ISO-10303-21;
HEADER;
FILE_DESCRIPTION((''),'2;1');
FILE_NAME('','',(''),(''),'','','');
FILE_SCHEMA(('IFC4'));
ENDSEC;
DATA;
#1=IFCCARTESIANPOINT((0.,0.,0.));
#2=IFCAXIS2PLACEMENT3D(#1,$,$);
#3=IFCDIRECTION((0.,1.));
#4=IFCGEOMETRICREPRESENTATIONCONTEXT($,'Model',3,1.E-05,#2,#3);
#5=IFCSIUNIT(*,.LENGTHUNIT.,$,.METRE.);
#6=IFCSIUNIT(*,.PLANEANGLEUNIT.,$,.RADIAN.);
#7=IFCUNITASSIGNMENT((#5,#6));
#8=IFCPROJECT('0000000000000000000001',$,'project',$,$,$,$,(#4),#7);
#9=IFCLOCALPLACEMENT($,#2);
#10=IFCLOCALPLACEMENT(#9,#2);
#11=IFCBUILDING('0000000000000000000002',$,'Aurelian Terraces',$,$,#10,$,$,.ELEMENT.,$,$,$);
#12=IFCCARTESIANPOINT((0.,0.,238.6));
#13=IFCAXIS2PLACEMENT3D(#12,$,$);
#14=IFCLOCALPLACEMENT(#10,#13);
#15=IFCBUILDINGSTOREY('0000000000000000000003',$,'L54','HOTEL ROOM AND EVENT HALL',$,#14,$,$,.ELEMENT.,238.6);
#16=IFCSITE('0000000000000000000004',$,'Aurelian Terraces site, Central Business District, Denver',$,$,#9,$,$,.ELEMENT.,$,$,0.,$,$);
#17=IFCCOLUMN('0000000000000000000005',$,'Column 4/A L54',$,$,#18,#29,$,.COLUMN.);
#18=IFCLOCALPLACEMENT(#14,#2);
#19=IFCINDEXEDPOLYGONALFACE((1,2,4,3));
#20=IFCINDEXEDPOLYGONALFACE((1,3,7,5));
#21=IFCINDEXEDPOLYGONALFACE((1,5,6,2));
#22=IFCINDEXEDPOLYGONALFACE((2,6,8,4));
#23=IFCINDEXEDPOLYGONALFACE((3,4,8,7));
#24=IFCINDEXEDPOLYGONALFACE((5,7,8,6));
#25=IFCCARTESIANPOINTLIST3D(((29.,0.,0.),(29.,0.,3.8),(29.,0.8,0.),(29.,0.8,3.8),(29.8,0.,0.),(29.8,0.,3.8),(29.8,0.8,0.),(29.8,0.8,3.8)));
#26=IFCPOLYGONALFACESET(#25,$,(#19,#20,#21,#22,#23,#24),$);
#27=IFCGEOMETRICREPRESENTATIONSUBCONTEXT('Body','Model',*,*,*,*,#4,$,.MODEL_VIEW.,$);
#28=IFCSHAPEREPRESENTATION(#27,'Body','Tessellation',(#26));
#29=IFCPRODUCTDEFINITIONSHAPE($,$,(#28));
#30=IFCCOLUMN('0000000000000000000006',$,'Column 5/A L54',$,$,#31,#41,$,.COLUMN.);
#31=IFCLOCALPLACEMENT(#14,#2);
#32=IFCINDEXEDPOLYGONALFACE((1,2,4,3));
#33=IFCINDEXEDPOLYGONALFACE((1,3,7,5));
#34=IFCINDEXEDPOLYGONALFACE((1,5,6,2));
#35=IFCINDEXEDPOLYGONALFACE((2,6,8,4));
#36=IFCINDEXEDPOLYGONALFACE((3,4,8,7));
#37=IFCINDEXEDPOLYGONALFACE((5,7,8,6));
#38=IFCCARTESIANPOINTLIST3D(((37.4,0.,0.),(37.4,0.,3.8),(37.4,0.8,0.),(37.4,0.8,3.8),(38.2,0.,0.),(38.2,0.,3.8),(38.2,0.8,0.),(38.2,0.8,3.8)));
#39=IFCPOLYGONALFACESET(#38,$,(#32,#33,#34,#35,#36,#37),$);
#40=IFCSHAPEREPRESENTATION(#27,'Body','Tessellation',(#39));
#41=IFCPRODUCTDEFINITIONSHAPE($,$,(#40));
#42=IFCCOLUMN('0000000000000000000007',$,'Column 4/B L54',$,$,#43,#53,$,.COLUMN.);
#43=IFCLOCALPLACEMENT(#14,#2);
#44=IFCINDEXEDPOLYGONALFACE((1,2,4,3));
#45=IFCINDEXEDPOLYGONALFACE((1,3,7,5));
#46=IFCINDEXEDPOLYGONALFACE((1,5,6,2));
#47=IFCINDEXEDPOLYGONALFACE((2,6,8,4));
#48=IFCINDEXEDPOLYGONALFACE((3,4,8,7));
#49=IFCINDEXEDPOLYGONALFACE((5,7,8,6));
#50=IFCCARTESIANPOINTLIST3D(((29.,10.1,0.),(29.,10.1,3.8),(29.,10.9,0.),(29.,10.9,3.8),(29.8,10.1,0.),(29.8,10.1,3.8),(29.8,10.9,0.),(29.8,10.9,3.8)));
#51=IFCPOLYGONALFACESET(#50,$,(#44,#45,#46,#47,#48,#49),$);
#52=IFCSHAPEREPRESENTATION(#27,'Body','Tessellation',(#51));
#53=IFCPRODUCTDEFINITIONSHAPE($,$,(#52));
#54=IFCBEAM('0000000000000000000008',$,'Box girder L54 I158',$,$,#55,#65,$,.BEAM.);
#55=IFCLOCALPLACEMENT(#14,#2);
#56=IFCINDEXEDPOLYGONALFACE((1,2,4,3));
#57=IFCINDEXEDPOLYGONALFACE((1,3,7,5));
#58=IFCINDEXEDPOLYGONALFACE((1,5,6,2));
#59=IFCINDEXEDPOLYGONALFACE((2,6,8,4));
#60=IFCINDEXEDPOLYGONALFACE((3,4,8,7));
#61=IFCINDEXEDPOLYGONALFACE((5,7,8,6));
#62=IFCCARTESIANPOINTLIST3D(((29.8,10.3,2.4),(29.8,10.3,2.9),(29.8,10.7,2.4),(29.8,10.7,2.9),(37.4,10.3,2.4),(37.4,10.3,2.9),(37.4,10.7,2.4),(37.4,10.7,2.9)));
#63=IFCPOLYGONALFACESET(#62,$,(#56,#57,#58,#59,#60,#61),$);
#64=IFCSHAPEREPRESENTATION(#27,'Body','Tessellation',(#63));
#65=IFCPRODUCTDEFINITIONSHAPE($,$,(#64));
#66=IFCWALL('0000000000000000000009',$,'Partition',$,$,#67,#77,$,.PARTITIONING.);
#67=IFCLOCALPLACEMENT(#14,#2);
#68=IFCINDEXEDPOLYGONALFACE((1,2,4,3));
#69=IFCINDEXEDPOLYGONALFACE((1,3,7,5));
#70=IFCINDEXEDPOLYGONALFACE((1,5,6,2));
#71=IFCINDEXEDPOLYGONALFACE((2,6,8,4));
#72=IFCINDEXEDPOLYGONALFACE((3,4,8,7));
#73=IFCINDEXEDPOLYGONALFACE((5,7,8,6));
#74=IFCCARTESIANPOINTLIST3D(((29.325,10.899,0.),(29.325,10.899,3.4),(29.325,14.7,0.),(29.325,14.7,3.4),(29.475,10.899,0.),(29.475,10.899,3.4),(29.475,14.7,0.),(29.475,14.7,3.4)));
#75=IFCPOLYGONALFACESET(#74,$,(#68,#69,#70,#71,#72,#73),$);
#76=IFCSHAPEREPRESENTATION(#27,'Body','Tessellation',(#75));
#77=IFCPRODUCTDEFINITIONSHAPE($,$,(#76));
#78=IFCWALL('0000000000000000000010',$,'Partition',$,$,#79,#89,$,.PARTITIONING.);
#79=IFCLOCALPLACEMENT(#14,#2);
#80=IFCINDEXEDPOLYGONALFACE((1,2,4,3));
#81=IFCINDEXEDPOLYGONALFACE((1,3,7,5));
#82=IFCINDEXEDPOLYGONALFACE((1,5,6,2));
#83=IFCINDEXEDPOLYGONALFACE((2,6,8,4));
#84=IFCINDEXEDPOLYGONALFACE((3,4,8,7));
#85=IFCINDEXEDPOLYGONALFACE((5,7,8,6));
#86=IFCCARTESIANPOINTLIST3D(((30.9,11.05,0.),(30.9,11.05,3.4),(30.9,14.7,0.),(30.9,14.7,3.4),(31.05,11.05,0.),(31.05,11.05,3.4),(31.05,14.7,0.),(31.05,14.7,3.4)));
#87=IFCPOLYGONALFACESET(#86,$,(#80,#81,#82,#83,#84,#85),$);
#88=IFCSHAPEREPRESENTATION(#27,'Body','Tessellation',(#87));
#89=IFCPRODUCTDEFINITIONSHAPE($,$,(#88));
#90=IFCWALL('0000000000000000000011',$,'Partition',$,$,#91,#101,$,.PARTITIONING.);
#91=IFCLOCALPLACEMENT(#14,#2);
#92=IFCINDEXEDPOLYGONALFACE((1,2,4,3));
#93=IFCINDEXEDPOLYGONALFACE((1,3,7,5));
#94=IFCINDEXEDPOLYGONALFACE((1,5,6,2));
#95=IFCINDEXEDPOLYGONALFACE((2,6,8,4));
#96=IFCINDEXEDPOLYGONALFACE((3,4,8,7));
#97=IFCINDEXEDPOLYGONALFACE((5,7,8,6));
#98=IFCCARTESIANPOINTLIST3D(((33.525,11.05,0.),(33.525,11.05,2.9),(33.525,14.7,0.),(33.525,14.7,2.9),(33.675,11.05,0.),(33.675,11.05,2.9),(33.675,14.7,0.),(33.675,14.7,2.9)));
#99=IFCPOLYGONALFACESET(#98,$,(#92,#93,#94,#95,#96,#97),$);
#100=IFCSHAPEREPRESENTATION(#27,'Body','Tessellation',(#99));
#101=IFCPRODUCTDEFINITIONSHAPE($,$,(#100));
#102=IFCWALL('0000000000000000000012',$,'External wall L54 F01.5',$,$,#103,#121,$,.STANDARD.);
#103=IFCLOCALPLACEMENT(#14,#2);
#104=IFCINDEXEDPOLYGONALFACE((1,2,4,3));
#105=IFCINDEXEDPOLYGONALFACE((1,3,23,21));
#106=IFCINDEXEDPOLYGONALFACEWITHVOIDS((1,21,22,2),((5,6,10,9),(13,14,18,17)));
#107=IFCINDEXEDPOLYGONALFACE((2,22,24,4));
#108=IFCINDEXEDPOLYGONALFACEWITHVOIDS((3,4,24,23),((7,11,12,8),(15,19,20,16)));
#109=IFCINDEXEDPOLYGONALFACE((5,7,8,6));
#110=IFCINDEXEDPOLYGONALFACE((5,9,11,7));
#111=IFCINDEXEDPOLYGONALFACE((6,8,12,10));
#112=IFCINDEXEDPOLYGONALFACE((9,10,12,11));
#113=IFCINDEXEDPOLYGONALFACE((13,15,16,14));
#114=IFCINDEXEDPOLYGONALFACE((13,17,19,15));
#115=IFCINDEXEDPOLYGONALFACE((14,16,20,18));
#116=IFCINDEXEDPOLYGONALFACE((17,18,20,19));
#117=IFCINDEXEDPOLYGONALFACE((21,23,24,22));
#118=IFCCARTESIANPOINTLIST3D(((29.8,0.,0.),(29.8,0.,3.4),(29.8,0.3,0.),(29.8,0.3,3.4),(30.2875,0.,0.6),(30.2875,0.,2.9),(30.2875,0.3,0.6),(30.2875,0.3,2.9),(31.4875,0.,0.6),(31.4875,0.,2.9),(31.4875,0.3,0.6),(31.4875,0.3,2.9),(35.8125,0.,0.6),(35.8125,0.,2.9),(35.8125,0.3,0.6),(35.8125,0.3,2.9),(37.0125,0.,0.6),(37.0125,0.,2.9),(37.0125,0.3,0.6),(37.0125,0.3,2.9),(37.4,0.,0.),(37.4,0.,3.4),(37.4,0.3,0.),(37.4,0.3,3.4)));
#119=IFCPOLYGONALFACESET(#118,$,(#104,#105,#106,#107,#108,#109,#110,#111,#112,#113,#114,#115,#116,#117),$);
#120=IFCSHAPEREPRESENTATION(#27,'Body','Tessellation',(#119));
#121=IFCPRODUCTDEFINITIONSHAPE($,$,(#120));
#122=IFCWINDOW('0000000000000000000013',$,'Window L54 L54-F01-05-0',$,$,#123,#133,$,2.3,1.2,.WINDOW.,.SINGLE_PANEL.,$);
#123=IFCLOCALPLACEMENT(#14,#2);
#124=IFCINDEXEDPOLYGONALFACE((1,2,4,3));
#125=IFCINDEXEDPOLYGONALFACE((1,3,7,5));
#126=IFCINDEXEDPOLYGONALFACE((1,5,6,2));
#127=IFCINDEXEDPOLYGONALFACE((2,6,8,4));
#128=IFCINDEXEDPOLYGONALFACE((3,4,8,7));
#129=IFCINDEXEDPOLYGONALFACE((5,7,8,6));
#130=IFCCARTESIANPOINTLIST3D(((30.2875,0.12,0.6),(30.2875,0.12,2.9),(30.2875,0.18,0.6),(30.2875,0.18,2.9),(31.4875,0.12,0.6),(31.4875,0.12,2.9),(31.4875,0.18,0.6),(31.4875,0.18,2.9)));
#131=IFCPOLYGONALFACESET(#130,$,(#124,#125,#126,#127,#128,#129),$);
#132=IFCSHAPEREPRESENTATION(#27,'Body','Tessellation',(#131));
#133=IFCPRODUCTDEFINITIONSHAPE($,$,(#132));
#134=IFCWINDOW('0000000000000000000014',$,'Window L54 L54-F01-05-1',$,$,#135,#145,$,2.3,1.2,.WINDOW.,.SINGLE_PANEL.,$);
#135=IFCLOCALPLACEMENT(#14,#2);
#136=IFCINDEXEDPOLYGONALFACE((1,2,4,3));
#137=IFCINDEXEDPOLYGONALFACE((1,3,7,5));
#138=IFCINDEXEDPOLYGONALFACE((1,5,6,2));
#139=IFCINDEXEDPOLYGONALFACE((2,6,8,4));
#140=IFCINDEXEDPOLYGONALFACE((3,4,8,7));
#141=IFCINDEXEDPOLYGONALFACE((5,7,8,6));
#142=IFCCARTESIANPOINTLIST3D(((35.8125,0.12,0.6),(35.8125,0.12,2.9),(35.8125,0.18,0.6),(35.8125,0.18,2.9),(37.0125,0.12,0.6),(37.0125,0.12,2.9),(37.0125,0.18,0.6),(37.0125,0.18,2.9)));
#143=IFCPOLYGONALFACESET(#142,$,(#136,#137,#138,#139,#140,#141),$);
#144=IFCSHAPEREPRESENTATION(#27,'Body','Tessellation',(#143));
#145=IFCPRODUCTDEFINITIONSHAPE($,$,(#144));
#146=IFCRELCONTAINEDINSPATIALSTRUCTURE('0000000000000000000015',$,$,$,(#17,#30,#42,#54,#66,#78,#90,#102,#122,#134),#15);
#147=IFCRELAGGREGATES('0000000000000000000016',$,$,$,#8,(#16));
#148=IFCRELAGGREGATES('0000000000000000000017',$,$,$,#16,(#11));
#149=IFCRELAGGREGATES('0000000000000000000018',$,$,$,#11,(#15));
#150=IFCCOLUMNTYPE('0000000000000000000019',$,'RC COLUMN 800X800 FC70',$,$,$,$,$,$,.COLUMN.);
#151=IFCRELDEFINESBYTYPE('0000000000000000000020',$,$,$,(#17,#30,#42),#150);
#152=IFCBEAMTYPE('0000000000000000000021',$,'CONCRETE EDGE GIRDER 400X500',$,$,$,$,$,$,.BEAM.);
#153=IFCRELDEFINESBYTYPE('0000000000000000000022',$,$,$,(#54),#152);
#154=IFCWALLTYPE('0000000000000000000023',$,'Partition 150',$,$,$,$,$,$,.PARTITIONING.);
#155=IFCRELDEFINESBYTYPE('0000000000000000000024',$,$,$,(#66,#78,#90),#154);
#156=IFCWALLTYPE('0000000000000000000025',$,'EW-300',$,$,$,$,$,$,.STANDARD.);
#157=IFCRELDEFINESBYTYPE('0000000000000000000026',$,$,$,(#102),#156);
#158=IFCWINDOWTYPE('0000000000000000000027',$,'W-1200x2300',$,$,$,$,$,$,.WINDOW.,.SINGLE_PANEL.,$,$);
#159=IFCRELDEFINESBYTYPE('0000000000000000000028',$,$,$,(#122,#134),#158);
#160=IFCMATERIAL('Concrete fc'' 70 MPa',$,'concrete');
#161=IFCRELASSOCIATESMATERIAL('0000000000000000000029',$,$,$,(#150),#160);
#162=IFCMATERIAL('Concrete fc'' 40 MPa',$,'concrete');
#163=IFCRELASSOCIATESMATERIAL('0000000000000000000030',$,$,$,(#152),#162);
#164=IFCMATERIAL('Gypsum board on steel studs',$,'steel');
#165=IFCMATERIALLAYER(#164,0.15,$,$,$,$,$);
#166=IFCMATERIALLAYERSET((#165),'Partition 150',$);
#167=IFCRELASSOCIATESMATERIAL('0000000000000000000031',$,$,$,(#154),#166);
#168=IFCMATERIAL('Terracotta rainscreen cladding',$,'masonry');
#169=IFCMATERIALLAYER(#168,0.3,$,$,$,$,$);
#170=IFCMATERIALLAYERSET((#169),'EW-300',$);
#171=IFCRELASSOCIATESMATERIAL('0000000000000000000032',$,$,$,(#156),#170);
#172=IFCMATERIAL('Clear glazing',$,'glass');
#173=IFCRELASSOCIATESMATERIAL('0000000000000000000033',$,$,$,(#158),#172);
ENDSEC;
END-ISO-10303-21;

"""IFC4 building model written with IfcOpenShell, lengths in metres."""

from ifc_helpers import new_model, si_unit, direction, frame, frame_2d, origin, origin_2d, place, context, subcontext, project, spatial, rectangle, extrude, source, transform, mapped, material, layer, layer_set, material_profile, profile_set, type_object, element, fill, save


model = new_model("IFC4")

# Units and contexts
model_context = context("Model", 3, precision=1e-05, world=origin(), true_north=direction((0.0, 1.0)))
body_context = subcontext(model_context, "Body", "Model", "MODEL_VIEW")
ifc_project = project(units=[si_unit("LENGTHUNIT", "METRE"), si_unit("PLANEANGLEUNIT", "RADIAN")], contexts=[model_context])

# Site, building, storey
site_placement = place(None, origin())
site = spatial("IfcSite", under=ifc_project, at=site_placement, Name="Aurelian Terraces site, Central Business District, Denver", CompositionType="ELEMENT", RefElevation=0.0)
building_placement = place(site_placement, origin())
building = spatial("IfcBuilding", under=site, at=building_placement, Name="Aurelian Terraces", CompositionType="ELEMENT")
storey_placement = place(building_placement, frame((0.0, 0.0, 238.6)))
storey = spatial("IfcBuildingStorey", under=building, at=storey_placement, Name="L54", Description="HOTEL ROOM AND EVENT HALL", CompositionType="ELEMENT", Elevation=238.6)

# Columns
ifc_material_1 = material(Name="Concrete fc' 70 MPa", Category="concrete")
ifc_material_profile_1 = material_profile(ifc_material_1, rectangle(XDim=0.8, YDim=0.8, at=origin_2d()))
ifc_profile_set_1 = profile_set([ifc_material_profile_1], Name="Concrete fc' 70 MPa")
column_type = type_object("IfcColumnType", Name="RC COLUMN 800X800 FC70", PredefinedType="COLUMN", material=ifc_profile_set_1)
shared_shape_1 = source(origin(), body_context, "Body", "SweptSolid", [
    extrude(rectangle(XDim=0.8, YDim=0.8, at=origin_2d()), origin(), (0.0, 0.0, 1.0), 3.8),
])
for number, where, z_axis, x_axis, name in (
    (1, (29.4, 0.4, 0.0), (0.0, 0.0, 1.0), (1.0, 0.0, 0.0), "Column 4/A L54"),
    (2, (37.8, 0.4, 0.0), (0.0, 0.0, 1.0), (1.0, 0.0, 0.0), "Column 5/A L54"),
    (3, (29.4, 10.5, 0.0), (0.0, 0.0, 1.0), (1.0, 0.0, 0.0), "Column 4/B L54"),
):
    element("IfcColumn", number, at=place(storey_placement, frame(where, z_axis=z_axis, x_axis=x_axis)), inside=storey, type_object=column_type, Name=name, PredefinedType="COLUMN", context=body_context, shape_type="MappedRepresentation", body=[
        mapped(shared_shape_1, transform((0.0, 0.0, 0.0), scale=1.0)),
    ])

# Beam
ifc_material_2 = material(Name="Concrete fc' 40 MPa", Category="concrete")
ifc_material_profile_2 = material_profile(ifc_material_2, rectangle(XDim=0.4, YDim=0.5, at=origin_2d()))
ifc_profile_set_2 = profile_set([ifc_material_profile_2], Name="Concrete fc' 40 MPa")
beam_type = type_object("IfcBeamType", Name="CONCRETE EDGE GIRDER 400X500", PredefinedType="BEAM", material=ifc_profile_set_2)
shared_shape_2 = source(origin(), body_context, "Body", "SweptSolid", [
    extrude(rectangle(XDim=0.4, YDim=0.5, at=origin_2d()), origin(), (0.0, 0.0, 1.0), 7.6),
])
beam_placement = place(storey_placement, frame((29.8, 10.5, 2.65), z_axis=(1.0, 0.0, 0.0), x_axis=(0.0, 1.0, 0.0)))
element("IfcBeam", 4, at=beam_placement, inside=storey, type_object=beam_type, Name="Box girder L54 I158", PredefinedType="BEAM", context=body_context, shape_type="MappedRepresentation", body=[
    mapped(shared_shape_2, transform((0.0, 0.0, 0.0), scale=1.0)),
])

# Walls
ifc_material_3 = material(Name="Gypsum board on steel studs", Category="steel")
ifc_layer_1 = layer(ifc_material_3, 0.15)
ifc_layer_set_1 = layer_set([ifc_layer_1], Name="Partition 150")
wall_type_1 = type_object("IfcWallType", Name="Partition 150", PredefinedType="PARTITIONING", material=ifc_layer_set_1)
wall_1_placement = place(storey_placement, frame((29.4, 10.899, 0.0), z_axis=(0.0, 0.0, 1.0), x_axis=(0.0, 1.0, 0.0)))
element("IfcWall", 5, at=wall_1_placement, inside=storey, type_object=wall_type_1, Name="Partition", PredefinedType="PARTITIONING", context=body_context, shape_type="SweptSolid", body=[
    extrude(rectangle(XDim=3.801, YDim=0.15, at=frame_2d((1.9005, 0.0))), origin(), (0.0, 0.0, 1.0), 3.4),
])
wall_2_placement = place(storey_placement, frame((30.975, 11.05, 0.0), z_axis=(0.0, 0.0, 1.0), x_axis=(0.0, 1.0, 0.0)))
element("IfcWall", 6, at=wall_2_placement, inside=storey, type_object=wall_type_1, Name="Partition", PredefinedType="PARTITIONING", context=body_context, shape_type="SweptSolid", body=[
    extrude(rectangle(XDim=3.65, YDim=0.15, at=frame_2d((1.825, 0.0))), origin(), (0.0, 0.0, 1.0), 3.4),
])
wall_3_placement = place(storey_placement, frame((33.6, 11.05, 0.0), z_axis=(0.0, 0.0, 1.0), x_axis=(0.0, 1.0, 0.0)))
element("IfcWall", 7, at=wall_3_placement, inside=storey, type_object=wall_type_1, Name="Partition", PredefinedType="PARTITIONING", context=body_context, shape_type="SweptSolid", body=[
    extrude(rectangle(XDim=3.65, YDim=0.15, at=frame_2d((1.825, 0.0))), origin(), (0.0, 0.0, 1.0), 2.9),
])

# Wall, openings, windows
ifc_material_4 = material(Name="Terracotta rainscreen cladding", Category="masonry")
ifc_layer_2 = layer(ifc_material_4, 0.3)
ifc_layer_set_2 = layer_set([ifc_layer_2], Name="EW-300")
wall_type_2 = type_object("IfcWallType", Name="EW-300", PredefinedType="STANDARD", material=ifc_layer_set_2)
shared_shape_3 = source(origin(), body_context, "Body", "SweptSolid", [
    extrude(rectangle(XDim=7.6, YDim=0.3, at=frame_2d((3.8, 0.0))), origin(), (0.0, 0.0, 1.0), 3.4),
])
wall_4_placement = place(storey_placement, frame((29.8, 0.15, 0.0), z_axis=(0.0, 0.0, 1.0), x_axis=(1.0, 0.0, 0.0)))
wall_4 = element("IfcWall", 8, at=wall_4_placement, inside=storey, type_object=wall_type_2, Name="External wall L54 F01.5", PredefinedType="STANDARD", context=body_context, shape_type="MappedRepresentation", body=[
    mapped(shared_shape_3, transform((0.0, 0.0, 0.0), scale=1.0)),
])
shared_shape_4 = source(origin(), body_context, "Body", "SweptSolid", [
    extrude(rectangle(XDim=1.2, YDim=2.3, at=frame_2d((0.6, 1.15))), frame((0.0, 0.16, 0.0), z_axis=(0.0, -1.0, 0.0), x_axis=(1.0, 0.0, 0.0)), (0.0, 0.0, 1.0), 0.32),
])
opening_1_placement = place(wall_4_placement, frame((0.4875, 0.0, 0.6)))
opening_1 = element("IfcOpeningElement", 9, at=opening_1_placement, cuts=wall_4, PredefinedType="OPENING", context=body_context, shape_type="MappedRepresentation", body=[
    mapped(shared_shape_4, transform((0.0, 0.0, 0.0), scale=1.0)),
])
opening_2_placement = place(wall_4_placement, frame((6.0125, 0.0, 0.6)))
opening_2 = element("IfcOpeningElement", 10, at=opening_2_placement, cuts=wall_4, PredefinedType="OPENING", context=body_context, shape_type="MappedRepresentation", body=[
    mapped(shared_shape_4, transform((0.0, 0.0, 0.0), scale=1.0)),
])
ifc_material_5 = material(Name="Clear glazing", Category="glass")
window_type = type_object("IfcWindowType", Name="W-1200x2300", PartitioningType="SINGLE_PANEL", PredefinedType="WINDOW", material=ifc_material_5)
shared_shape_5 = source(origin(), body_context, "Body", "SweptSolid", [
    extrude(rectangle(XDim=1.2, YDim=2.3, at=frame_2d((0.6, 1.15))), frame((0.0, 0.03, 0.0), z_axis=(0.0, -1.0, 0.0), x_axis=(1.0, 0.0, 0.0)), (0.0, 0.0, 1.0), 0.06),
])
window_1_placement = place(opening_1_placement, origin())
window_1 = element("IfcWindow", 11, at=window_1_placement, inside=storey, type_object=window_type, Name="Window L54 L54-F01-05-0", OverallHeight=2.3, OverallWidth=1.2, PartitioningType="SINGLE_PANEL", PredefinedType="WINDOW", context=body_context, shape_type="MappedRepresentation", body=[
    mapped(shared_shape_5, transform((0.0, 0.0, 0.0), scale=1.0)),
])
fill(opening_1, window_1)
window_2_placement = place(opening_2_placement, origin())
window_2 = element("IfcWindow", 12, at=window_2_placement, inside=storey, type_object=window_type, Name="Window L54 L54-F01-05-1", OverallHeight=2.3, OverallWidth=1.2, PartitioningType="SINGLE_PANEL", PredefinedType="WINDOW", context=body_context, shape_type="MappedRepresentation", body=[
    mapped(shared_shape_5, transform((0.0, 0.0, 0.0), scale=1.0)),
])
fill(opening_2, window_2)

save(model, "model.ifc")
